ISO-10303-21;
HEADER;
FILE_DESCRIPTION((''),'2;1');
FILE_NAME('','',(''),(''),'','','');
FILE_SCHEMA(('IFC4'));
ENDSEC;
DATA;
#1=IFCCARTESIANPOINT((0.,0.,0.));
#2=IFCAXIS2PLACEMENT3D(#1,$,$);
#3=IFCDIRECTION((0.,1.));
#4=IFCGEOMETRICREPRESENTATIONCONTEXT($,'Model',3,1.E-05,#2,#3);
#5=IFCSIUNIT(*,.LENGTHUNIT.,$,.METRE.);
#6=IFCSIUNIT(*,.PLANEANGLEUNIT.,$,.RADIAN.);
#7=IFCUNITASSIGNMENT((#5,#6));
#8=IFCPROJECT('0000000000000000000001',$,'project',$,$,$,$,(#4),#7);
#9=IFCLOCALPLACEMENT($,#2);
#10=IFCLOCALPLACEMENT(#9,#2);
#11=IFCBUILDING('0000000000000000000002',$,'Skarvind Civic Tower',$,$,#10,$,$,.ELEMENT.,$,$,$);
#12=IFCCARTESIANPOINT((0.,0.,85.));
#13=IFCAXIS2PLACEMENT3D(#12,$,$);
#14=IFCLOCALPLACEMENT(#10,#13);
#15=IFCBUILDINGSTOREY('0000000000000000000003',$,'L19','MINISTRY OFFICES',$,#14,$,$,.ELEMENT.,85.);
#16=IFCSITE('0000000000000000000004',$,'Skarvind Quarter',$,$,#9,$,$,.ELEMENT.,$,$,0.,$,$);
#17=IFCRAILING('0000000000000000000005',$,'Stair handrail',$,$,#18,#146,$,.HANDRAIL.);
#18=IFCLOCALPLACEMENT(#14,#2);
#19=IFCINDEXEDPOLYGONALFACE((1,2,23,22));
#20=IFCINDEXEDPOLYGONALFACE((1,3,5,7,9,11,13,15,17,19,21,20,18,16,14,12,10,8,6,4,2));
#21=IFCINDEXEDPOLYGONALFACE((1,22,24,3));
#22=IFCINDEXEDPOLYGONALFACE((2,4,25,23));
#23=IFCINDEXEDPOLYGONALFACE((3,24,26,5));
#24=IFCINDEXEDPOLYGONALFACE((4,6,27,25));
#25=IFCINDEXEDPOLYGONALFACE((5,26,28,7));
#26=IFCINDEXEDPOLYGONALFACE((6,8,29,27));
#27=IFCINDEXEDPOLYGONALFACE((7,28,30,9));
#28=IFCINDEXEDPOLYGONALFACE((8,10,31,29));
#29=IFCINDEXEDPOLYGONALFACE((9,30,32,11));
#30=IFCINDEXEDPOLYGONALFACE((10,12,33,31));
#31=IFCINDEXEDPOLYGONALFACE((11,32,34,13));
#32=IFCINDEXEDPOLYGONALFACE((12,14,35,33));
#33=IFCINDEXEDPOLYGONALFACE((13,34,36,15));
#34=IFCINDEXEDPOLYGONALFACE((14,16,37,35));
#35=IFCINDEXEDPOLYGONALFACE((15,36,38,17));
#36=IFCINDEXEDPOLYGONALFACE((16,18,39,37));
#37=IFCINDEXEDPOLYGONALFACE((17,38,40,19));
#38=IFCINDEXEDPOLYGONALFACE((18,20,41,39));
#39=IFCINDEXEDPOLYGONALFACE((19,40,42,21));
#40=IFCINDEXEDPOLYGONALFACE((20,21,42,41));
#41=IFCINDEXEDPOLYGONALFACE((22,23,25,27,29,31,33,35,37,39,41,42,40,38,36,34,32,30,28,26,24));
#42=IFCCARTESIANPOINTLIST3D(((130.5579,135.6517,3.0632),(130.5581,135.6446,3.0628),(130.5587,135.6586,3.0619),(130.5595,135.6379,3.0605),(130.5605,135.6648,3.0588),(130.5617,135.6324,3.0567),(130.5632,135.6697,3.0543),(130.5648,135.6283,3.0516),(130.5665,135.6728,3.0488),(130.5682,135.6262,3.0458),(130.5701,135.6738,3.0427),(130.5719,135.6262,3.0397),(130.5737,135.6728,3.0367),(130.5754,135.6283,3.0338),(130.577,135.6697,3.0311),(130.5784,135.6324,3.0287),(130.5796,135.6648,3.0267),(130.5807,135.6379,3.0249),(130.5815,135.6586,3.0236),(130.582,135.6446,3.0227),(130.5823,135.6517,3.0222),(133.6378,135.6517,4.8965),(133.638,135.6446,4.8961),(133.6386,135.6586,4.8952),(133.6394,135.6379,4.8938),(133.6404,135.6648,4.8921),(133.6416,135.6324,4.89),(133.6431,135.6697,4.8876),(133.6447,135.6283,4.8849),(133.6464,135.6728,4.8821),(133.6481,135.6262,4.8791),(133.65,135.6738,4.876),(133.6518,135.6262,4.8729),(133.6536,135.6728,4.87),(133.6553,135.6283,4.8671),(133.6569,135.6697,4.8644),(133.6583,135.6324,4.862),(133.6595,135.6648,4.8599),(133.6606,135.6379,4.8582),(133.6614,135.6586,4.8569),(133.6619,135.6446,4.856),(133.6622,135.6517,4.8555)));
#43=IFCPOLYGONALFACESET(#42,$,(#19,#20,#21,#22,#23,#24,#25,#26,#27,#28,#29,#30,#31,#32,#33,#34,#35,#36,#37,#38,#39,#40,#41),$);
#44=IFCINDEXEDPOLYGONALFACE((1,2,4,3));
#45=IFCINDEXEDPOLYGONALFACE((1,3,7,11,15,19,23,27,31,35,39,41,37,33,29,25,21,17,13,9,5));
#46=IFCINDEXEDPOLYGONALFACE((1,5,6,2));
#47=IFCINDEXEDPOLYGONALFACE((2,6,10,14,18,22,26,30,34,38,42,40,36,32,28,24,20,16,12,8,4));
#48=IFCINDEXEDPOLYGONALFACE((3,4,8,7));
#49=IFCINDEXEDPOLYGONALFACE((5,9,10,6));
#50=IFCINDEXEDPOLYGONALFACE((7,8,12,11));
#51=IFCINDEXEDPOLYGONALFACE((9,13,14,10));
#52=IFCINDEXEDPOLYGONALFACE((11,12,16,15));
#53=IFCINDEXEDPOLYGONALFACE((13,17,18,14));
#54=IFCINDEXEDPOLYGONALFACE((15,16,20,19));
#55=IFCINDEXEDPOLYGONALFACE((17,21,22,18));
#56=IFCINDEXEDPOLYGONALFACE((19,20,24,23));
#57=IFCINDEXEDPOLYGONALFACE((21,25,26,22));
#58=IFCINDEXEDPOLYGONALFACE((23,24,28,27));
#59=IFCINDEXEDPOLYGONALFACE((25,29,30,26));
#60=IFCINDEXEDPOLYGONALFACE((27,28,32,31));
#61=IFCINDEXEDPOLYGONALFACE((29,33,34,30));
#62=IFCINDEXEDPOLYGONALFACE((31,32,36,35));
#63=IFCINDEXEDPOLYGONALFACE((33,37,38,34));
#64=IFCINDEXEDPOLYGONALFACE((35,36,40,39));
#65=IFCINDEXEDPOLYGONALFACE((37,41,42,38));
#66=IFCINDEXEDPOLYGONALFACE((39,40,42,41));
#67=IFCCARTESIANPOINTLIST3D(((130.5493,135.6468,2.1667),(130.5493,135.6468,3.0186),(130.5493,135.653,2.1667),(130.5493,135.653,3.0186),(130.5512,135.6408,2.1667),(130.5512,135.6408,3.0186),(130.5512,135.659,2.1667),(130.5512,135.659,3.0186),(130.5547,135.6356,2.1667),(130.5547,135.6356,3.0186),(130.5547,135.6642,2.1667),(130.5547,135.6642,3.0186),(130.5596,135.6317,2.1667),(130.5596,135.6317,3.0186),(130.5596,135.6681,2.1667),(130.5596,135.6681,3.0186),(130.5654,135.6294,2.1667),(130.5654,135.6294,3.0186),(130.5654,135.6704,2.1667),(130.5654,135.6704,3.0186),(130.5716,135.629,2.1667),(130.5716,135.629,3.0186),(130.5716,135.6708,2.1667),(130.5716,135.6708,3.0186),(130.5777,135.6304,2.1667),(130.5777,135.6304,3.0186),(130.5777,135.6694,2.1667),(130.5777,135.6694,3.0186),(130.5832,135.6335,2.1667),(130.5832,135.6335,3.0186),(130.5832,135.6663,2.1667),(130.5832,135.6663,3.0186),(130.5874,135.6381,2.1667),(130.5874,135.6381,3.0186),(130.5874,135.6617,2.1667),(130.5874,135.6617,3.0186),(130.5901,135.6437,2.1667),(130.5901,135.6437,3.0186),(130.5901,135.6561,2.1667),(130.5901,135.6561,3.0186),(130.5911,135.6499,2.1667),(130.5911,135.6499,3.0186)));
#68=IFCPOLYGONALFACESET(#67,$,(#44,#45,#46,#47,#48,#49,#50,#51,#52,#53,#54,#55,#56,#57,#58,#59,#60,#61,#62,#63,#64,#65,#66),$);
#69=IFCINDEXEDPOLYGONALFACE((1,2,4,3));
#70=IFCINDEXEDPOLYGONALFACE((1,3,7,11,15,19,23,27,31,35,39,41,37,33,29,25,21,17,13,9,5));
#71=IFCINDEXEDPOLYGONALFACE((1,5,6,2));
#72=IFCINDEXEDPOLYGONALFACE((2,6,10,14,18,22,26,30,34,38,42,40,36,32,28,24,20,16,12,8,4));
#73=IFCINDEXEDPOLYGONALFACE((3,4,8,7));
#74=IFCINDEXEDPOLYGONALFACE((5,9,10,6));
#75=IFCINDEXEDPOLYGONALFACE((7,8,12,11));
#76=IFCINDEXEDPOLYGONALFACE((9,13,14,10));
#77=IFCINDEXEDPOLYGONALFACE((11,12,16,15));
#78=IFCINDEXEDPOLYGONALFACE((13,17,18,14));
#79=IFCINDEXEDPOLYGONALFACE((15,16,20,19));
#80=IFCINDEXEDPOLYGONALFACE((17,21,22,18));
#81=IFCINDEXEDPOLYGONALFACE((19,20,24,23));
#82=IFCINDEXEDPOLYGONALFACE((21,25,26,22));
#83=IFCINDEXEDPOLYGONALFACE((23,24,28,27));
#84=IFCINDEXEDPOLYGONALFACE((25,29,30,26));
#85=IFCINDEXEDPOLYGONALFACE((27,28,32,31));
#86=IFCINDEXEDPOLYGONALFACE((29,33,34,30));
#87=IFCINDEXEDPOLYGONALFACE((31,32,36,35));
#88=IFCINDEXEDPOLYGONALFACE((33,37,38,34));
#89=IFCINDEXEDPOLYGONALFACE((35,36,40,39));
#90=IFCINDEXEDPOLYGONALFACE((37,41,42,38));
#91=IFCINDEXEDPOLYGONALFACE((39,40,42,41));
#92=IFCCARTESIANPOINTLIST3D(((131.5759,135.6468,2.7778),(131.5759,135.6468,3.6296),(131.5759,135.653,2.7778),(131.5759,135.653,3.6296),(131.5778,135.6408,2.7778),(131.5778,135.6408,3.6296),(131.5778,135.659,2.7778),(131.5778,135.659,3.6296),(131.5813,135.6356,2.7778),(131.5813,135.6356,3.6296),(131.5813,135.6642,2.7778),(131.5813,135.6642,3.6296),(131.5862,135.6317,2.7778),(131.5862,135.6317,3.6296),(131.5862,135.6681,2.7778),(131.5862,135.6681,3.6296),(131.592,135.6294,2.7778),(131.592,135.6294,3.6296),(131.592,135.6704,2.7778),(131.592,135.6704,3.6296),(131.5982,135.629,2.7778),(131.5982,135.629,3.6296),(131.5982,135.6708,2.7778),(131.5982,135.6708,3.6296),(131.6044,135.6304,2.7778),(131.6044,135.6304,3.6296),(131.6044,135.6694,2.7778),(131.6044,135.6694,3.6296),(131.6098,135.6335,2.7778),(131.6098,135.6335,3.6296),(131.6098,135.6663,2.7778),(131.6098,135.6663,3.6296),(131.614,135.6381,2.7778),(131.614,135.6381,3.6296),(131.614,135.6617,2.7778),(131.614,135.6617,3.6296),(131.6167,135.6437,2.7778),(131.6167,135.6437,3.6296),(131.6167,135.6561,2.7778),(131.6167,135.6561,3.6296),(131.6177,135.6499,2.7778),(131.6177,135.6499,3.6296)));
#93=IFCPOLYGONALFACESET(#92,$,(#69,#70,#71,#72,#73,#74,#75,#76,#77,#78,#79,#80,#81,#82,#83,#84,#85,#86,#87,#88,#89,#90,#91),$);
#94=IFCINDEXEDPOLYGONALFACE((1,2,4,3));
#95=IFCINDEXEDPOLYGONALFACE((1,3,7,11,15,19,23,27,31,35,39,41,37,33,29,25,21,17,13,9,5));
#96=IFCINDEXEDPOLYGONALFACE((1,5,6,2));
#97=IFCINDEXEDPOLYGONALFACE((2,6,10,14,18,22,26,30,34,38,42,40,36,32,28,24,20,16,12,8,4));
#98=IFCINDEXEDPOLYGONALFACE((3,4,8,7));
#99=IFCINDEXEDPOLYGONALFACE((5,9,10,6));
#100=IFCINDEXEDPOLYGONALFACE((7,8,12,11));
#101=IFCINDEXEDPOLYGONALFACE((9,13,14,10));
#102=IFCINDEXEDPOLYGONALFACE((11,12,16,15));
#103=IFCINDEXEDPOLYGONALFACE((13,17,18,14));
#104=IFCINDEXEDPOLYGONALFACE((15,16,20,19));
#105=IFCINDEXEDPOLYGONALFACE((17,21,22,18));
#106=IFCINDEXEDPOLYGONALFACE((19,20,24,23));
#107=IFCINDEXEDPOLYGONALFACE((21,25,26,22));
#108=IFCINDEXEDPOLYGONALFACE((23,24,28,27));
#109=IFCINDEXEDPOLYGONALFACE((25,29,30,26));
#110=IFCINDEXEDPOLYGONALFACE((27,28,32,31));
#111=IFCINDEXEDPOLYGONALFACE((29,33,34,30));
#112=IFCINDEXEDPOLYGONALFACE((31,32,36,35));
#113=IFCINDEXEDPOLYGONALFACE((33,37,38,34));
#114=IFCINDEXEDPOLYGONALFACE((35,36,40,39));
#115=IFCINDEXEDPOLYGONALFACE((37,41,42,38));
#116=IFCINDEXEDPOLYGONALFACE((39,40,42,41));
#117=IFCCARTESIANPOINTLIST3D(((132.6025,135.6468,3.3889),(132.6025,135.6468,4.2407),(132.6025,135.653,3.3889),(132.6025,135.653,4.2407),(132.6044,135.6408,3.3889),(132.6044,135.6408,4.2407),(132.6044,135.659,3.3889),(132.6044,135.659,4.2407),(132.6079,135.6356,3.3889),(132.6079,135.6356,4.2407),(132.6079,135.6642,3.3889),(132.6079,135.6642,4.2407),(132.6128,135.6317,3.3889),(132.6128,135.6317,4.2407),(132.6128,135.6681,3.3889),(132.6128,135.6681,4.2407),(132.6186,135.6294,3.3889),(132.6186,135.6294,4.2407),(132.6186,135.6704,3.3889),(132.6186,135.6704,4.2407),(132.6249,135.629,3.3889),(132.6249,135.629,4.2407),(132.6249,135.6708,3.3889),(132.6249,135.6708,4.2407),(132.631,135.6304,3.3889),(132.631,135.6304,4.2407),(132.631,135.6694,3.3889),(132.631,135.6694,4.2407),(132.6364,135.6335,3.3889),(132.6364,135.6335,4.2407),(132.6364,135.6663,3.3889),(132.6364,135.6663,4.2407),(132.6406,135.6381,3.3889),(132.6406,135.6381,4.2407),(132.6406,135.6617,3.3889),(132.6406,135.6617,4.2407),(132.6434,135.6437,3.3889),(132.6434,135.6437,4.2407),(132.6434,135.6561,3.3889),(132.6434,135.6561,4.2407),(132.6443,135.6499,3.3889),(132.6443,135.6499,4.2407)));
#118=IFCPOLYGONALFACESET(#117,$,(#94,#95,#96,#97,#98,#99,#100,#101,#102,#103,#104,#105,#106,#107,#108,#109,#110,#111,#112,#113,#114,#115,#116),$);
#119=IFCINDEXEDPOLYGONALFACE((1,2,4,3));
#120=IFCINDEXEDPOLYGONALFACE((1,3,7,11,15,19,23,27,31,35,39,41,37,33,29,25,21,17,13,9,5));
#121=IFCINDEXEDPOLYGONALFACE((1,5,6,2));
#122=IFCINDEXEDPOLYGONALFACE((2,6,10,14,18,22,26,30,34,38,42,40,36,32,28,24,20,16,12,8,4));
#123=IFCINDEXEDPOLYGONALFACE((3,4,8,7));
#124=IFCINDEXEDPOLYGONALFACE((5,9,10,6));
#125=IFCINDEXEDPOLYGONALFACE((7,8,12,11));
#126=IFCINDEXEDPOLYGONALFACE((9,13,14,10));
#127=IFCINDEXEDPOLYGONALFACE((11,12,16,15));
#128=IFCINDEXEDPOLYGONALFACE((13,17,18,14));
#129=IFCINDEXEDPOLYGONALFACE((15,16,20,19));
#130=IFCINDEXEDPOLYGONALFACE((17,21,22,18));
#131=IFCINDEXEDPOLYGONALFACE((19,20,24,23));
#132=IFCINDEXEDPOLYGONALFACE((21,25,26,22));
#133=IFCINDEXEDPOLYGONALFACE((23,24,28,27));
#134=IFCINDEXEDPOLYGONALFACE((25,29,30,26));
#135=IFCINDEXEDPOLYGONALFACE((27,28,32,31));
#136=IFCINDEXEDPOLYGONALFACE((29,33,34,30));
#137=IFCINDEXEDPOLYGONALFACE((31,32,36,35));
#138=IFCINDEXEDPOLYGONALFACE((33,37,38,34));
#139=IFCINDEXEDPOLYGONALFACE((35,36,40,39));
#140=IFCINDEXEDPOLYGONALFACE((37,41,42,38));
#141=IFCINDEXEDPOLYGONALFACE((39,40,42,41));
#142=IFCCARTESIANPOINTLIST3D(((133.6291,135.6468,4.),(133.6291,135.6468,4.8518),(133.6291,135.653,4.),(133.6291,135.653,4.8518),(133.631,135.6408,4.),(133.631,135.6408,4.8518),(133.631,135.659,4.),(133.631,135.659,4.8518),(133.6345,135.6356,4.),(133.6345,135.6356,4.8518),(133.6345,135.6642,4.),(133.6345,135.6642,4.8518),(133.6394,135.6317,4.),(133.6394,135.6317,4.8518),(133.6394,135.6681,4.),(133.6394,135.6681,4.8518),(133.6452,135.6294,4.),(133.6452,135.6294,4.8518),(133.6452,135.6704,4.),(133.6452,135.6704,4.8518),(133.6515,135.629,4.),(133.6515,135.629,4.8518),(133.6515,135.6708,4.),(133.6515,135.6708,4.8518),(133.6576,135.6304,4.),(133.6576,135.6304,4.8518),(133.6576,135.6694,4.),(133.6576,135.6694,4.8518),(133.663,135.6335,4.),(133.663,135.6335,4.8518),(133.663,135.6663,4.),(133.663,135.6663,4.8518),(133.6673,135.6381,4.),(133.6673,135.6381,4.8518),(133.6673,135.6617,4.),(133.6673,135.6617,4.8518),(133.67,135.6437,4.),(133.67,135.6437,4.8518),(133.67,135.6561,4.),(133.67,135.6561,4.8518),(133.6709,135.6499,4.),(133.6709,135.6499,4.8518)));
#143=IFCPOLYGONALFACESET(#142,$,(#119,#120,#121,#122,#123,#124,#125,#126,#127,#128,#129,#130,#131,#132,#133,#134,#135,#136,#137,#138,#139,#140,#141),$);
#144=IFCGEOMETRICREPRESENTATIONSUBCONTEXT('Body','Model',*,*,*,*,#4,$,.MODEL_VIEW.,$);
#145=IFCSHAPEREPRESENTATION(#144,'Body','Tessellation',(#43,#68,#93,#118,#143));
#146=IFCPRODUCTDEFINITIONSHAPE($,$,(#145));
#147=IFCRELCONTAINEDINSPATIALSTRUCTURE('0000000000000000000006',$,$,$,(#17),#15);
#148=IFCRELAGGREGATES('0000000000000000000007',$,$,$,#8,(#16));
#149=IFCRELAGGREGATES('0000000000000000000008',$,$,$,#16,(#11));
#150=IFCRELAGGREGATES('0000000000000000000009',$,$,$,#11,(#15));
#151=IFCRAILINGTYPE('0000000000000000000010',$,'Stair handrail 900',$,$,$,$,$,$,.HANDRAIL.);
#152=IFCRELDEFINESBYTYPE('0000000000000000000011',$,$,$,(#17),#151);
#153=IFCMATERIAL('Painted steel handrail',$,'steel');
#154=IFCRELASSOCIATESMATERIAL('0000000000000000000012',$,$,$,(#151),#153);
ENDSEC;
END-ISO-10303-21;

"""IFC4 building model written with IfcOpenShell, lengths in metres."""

from ifc_helpers import new_model, si_unit, direction, frame, origin, origin_2d, place, context, subcontext, project, spatial, circle, extrude, material, type_object, element, save


model = new_model("IFC4")

# Units and contexts
model_context = context("Model", 3, precision=1e-05, world=origin(), true_north=direction((0.0, 1.0)))
body_context = subcontext(model_context, "Body", "Model", "MODEL_VIEW")
ifc_project = project(units=[si_unit("LENGTHUNIT", "METRE"), si_unit("PLANEANGLEUNIT", "RADIAN")], contexts=[model_context])

# Site, building, storey
site_placement = place(None, origin())
site = spatial("IfcSite", under=ifc_project, at=site_placement, Name="Skarvind Quarter", CompositionType="ELEMENT", RefElevation=0.0)
building_placement = place(site_placement, origin())
building = spatial("IfcBuilding", under=site, at=building_placement, Name="Skarvind Civic Tower", CompositionType="ELEMENT")
storey_placement = place(building_placement, frame((0.0, 0.0, 85.0)))
storey = spatial("IfcBuildingStorey", under=building, at=storey_placement, Name="L19", Description="MINISTRY OFFICES", CompositionType="ELEMENT", Elevation=85.0)

# Railing
ifc_material_1 = material(Name="Painted steel handrail", Category="steel")
railing_type = type_object("IfcRailingType", Name="Stair handrail 900", PredefinedType="HANDRAIL", material=ifc_material_1)
railing_1_placement = place(storey_placement, frame((130.5701, 135.6499, 2.1667)))
element("IfcRailing", 1, at=railing_1_placement, inside=storey, type_object=railing_type, Name="Stair handrail", PredefinedType="HANDRAIL", context=body_context, shape_type="SweptSolid", body=[
    extrude(circle(Radius=0.0239, at=origin_2d()), frame((0.0, 0.0, 0.876), z_axis=(0.859291, 0.0, 0.511487), x_axis=(0.0, 1.0, 0.0)), (0.0, 0.0, 1.0), 3.5842),
    extrude(circle(Radius=0.021, at=origin_2d()), origin(), (0.0, 0.0, 1.0), 0.8518),
    extrude(circle(Radius=0.021, at=origin_2d()), frame((1.0266, 0.0, 0.6111)), (0.0, 0.0, 1.0), 0.8518),
    extrude(circle(Radius=0.021, at=origin_2d()), frame((2.0532, 0.0, 1.2222)), (0.0, 0.0, 1.0), 0.8518),
    extrude(circle(Radius=0.021, at=origin_2d()), frame((3.0798, 0.0, 1.8333)), (0.0, 0.0, 1.0), 0.8518),
])

save(model, "model.ifc")
